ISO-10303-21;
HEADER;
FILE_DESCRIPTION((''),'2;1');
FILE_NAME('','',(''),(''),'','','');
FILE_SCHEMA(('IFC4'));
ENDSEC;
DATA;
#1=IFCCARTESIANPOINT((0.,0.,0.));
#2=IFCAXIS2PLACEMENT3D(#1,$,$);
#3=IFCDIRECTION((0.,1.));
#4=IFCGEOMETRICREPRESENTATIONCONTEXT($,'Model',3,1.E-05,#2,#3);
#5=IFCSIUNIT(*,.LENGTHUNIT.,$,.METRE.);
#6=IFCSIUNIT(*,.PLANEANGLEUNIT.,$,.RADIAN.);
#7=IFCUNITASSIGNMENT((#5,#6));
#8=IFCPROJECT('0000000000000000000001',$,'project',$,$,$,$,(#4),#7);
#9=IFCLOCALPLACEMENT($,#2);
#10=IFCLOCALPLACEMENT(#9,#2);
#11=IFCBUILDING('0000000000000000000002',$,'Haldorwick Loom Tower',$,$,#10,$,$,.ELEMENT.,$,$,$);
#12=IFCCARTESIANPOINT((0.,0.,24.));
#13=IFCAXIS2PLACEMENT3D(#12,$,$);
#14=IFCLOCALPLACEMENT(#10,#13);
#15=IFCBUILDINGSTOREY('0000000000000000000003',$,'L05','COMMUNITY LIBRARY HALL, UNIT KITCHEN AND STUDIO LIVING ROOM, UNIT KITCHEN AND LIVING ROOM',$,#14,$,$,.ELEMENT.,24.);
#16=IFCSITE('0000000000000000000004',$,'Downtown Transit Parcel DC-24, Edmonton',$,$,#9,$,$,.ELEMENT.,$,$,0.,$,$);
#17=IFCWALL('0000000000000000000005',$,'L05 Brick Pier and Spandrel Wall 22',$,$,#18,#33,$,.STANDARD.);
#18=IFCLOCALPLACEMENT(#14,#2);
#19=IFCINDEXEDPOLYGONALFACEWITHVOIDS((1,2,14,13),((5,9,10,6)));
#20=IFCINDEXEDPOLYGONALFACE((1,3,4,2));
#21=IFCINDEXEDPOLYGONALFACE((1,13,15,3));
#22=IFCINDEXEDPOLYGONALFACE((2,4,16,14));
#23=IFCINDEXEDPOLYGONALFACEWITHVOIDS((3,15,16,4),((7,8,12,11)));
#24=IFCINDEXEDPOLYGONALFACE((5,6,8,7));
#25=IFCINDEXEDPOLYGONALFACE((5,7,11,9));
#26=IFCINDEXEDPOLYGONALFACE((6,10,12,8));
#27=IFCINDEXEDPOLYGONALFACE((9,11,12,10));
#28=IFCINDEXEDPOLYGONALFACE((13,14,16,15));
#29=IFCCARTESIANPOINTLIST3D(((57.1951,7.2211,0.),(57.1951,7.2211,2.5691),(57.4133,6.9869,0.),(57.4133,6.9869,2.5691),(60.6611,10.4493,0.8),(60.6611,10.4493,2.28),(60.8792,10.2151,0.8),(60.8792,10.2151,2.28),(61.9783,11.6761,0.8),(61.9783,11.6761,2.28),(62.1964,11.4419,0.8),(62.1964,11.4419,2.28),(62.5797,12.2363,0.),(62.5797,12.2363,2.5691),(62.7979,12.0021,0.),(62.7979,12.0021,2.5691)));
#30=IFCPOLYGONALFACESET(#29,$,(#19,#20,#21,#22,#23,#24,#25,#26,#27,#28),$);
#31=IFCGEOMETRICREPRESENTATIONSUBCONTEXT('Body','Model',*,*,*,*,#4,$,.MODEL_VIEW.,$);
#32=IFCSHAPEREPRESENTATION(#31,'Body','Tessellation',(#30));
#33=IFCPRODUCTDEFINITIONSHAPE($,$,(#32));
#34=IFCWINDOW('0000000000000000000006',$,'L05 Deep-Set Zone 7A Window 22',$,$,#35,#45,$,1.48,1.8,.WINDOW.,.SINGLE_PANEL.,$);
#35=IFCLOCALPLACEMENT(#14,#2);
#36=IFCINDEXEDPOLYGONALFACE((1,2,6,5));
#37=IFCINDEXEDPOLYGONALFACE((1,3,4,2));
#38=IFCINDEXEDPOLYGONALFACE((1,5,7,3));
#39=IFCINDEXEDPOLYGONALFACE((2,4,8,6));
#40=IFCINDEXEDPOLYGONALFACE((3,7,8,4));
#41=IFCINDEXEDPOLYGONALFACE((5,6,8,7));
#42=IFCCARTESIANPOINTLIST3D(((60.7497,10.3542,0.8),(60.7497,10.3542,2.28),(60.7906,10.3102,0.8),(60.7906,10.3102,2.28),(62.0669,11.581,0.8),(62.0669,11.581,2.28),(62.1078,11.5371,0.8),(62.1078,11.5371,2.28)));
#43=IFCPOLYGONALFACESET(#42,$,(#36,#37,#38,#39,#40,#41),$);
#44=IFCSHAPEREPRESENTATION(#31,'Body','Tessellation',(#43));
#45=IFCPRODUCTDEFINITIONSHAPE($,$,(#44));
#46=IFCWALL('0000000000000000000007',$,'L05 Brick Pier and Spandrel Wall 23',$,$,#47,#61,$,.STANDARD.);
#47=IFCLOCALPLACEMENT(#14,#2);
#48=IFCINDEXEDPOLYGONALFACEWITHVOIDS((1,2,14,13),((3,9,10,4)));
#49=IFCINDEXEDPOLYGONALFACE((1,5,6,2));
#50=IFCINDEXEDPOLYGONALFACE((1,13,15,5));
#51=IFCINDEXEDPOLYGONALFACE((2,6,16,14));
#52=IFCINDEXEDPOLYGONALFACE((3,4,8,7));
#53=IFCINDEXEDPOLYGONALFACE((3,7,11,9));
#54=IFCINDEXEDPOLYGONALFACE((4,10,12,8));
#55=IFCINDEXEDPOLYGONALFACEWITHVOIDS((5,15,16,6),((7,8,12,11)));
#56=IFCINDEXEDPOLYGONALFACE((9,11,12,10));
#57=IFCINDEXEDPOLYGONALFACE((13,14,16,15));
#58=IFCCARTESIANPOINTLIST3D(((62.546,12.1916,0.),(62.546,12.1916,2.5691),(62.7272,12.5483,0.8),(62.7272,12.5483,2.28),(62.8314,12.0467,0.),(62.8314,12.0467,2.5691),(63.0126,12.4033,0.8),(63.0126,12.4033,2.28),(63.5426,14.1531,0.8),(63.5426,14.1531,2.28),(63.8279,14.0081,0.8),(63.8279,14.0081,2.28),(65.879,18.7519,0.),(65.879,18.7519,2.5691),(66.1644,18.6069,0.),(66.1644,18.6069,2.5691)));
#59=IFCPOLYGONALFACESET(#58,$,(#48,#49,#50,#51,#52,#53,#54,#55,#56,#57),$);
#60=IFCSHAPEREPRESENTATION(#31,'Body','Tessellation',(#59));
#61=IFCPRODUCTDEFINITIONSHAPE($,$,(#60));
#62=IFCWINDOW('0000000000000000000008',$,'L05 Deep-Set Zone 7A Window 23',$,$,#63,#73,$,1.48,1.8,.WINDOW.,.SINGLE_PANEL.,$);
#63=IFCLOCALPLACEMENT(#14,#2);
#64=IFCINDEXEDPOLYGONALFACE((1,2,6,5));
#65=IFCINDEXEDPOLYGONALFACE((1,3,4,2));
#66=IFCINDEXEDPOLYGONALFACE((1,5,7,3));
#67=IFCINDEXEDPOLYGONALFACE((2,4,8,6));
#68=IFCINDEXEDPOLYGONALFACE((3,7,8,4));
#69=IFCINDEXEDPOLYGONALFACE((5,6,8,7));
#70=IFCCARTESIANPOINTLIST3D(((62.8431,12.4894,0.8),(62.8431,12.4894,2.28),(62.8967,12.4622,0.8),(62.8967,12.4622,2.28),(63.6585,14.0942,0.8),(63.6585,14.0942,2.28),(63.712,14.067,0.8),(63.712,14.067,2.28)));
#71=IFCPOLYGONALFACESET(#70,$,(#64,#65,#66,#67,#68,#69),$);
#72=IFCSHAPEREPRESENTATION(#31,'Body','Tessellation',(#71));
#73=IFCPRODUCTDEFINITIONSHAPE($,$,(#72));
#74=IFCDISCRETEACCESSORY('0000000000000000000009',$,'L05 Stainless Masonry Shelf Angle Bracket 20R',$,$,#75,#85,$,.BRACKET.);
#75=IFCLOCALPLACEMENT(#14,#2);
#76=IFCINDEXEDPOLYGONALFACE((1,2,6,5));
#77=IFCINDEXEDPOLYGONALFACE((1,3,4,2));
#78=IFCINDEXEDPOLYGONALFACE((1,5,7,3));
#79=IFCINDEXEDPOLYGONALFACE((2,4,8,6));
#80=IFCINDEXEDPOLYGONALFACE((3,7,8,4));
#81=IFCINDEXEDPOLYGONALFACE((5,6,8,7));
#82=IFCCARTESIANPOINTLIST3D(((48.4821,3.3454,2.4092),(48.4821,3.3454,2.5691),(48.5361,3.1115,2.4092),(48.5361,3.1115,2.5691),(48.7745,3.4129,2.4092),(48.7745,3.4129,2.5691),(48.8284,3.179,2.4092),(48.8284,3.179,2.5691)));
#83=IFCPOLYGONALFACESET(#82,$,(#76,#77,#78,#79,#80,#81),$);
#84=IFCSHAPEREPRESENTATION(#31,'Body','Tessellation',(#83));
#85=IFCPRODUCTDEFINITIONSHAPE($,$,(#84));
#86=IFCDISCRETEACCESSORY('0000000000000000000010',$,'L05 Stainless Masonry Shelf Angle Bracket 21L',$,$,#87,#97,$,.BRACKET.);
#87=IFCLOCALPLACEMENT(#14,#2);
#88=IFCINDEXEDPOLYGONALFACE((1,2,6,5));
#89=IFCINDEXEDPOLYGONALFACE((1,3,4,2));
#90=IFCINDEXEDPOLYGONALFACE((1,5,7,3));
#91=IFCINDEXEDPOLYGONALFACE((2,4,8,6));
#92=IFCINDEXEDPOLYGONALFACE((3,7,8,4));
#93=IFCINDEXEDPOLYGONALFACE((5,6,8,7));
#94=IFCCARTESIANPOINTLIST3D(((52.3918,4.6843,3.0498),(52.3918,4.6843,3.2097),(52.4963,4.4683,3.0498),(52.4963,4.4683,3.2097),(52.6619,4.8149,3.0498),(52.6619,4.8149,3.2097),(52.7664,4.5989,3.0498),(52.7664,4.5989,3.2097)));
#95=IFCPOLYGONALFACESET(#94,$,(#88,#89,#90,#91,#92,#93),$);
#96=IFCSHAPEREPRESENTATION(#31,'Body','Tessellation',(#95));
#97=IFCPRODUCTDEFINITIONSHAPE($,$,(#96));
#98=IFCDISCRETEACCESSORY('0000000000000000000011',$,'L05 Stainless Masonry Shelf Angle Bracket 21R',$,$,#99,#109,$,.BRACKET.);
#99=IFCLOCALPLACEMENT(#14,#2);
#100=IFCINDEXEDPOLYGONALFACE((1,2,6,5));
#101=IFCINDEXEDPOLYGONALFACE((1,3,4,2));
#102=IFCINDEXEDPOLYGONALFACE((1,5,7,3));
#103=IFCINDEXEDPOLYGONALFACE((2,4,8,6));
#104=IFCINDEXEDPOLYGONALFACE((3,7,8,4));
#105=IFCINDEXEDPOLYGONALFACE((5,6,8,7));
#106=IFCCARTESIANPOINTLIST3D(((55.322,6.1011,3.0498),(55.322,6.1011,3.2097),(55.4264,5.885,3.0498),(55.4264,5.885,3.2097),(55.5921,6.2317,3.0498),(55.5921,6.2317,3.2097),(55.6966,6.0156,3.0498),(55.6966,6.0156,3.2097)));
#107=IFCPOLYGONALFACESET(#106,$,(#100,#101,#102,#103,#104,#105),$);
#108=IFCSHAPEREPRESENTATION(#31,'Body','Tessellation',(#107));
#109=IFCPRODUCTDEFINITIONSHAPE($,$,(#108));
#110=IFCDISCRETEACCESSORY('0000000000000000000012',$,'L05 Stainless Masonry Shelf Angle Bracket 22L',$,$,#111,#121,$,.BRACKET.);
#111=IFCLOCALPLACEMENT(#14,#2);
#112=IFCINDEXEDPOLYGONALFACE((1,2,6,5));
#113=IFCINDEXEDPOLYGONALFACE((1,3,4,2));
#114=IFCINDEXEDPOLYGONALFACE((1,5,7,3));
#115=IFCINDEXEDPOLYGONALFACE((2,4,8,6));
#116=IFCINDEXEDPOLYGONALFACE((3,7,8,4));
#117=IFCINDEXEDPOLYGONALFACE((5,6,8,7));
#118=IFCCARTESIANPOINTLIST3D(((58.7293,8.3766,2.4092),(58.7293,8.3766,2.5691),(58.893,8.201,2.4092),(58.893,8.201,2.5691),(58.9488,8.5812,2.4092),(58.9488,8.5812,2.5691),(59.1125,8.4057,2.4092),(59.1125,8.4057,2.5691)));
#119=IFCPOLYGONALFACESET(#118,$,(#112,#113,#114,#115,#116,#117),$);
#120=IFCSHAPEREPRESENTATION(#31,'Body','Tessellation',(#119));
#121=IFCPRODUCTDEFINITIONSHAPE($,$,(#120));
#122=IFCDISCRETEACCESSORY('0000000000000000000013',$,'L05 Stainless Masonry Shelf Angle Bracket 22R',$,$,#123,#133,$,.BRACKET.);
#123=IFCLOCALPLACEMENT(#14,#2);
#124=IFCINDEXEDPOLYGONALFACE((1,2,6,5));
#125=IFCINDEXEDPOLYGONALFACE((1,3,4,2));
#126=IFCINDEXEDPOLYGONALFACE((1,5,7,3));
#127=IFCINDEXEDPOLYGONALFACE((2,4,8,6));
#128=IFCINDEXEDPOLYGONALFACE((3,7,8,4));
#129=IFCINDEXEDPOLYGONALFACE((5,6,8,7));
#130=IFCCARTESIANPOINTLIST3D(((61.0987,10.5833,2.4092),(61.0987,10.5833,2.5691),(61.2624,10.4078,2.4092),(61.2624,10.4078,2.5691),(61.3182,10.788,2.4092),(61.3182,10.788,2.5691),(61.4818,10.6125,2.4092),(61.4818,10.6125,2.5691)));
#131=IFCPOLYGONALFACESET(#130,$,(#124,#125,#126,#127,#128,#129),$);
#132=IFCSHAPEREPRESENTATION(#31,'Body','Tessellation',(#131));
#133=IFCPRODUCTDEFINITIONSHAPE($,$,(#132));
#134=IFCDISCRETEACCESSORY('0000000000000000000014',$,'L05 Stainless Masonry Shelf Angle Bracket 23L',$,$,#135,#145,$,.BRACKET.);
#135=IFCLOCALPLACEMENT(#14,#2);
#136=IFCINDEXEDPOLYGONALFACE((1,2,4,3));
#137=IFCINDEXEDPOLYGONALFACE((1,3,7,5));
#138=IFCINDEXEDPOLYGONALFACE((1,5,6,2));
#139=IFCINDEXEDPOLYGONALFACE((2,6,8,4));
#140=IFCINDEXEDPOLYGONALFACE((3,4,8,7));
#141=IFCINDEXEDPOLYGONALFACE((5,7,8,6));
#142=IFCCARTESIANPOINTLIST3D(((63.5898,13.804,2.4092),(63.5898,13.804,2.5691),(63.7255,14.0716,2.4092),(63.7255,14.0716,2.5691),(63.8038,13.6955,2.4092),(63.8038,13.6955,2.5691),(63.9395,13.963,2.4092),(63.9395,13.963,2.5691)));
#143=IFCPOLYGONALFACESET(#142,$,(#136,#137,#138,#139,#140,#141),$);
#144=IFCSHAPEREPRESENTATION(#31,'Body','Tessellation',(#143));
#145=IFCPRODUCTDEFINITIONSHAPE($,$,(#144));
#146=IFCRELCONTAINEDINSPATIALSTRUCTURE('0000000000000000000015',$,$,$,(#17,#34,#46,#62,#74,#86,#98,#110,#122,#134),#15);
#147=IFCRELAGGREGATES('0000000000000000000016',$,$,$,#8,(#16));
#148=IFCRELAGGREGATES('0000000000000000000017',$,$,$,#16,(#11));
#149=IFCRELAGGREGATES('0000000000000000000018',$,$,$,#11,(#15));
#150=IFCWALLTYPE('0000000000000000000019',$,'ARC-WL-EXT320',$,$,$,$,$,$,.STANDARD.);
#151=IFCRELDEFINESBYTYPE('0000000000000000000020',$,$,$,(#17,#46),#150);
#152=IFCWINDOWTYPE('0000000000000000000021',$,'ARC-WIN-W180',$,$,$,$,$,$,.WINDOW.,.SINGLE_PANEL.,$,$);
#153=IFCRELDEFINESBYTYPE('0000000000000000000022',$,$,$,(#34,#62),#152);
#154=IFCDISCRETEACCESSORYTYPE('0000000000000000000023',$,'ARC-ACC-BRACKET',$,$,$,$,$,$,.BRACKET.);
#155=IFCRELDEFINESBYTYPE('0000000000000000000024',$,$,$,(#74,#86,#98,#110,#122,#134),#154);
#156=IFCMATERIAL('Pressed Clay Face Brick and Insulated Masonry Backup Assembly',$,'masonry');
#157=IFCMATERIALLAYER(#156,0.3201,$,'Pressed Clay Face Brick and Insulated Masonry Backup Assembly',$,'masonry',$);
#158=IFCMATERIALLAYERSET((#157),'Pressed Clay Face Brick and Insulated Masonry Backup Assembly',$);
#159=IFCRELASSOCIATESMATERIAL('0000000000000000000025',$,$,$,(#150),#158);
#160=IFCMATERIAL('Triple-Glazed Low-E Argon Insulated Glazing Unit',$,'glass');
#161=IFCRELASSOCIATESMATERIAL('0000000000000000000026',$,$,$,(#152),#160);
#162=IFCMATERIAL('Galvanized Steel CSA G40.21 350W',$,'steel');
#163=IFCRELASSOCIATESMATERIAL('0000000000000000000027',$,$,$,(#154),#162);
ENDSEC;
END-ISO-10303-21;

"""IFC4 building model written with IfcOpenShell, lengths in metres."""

from ifc_helpers import new_model, si_unit, direction, frame, frame_2d, origin, origin_2d, place, context, subcontext, project, spatial, rectangle, extrude, material, layer, layer_set, type_object, element, fill, save


model = new_model("IFC4")

# Units and contexts
model_context = context("Model", 3, precision=1e-05, world=origin(), true_north=direction((0.0, 1.0)))
body_context = subcontext(model_context, "Body", "Model", "MODEL_VIEW")
ifc_project = project(units=[si_unit("LENGTHUNIT", "METRE"), si_unit("PLANEANGLEUNIT", "RADIAN")], contexts=[model_context])

# Site, building, storey
site_placement = place(None, origin())
site = spatial("IfcSite", under=ifc_project, at=site_placement, Name="Downtown Transit Parcel DC-24, Edmonton", CompositionType="ELEMENT", RefElevation=0.0)
building_placement = place(site_placement, origin())
building = spatial("IfcBuilding", under=site, at=building_placement, Name="Haldorwick Loom Tower", CompositionType="ELEMENT")
storey_placement = place(building_placement, frame((0.0, 0.0, 24.0)))
storey = spatial("IfcBuildingStorey", under=building, at=storey_placement, Name="L05", Description="COMMUNITY LIBRARY HALL, UNIT KITCHEN AND STUDIO LIVING ROOM, UNIT KITCHEN AND LIVING ROOM", CompositionType="ELEMENT", Elevation=24.0)

# Shared definitions
ifc_material_1 = material(Name="Pressed Clay Face Brick and Insulated Masonry Backup Assembly", Category="masonry")
ifc_layer = layer(ifc_material_1, 0.3201, Name="Pressed Clay Face Brick and Insulated Masonry Backup Assembly", Category="masonry")
ifc_layer_set = layer_set([ifc_layer], Name="Pressed Clay Face Brick and Insulated Masonry Backup Assembly")
wall_type = type_object("IfcWallType", Name="ARC-WL-EXT320", PredefinedType="STANDARD", material=ifc_layer_set)
ifc_material_2 = material(Name="Triple-Glazed Low-E Argon Insulated Glazing Unit", Category="glass")
window_type = type_object("IfcWindowType", Name="ARC-WIN-W180", PartitioningType="SINGLE_PANEL", PredefinedType="WINDOW", material=ifc_material_2)

# Walls, openings, windows
wall_1_placement = place(storey_placement, frame((57.3042, 7.104, 0.0), z_axis=(0.0, 0.0, 1.0), x_axis=(0.731761, 0.681561, 0.0)))
wall_1 = element("IfcWall", 1, at=wall_1_placement, inside=storey, type_object=wall_type, Name="L05 Brick Pier and Spandrel Wall 22", PredefinedType="STANDARD", context=body_context, shape_type="SweptSolid", body=[
    extrude(rectangle(XDim=7.3584, YDim=0.3201, at=frame_2d((3.6792, 0.0))), origin(), (0.0, 0.0, 1.0), 2.5691),
])
opening_1_placement = place(wall_1_placement, frame((4.7366, 0.0, 0.8)))
opening_1 = element("IfcOpeningElement", 2, at=opening_1_placement, cuts=wall_1, PredefinedType="OPENING", context=body_context, shape_type="SweptSolid", body=[
    extrude(rectangle(XDim=1.8, YDim=1.48, at=frame_2d((0.8999, 0.74))), frame((0.0, 0.1699, 0.0), z_axis=(0.0, -1.0, 0.0), x_axis=(1.0, 0.0, 0.0)), (0.0, 0.0, 1.0), 0.3401),
])
window_1_placement = place(opening_1_placement, origin())
window_1 = element("IfcWindow", 3, at=window_1_placement, inside=storey, type_object=window_type, Name="L05 Deep-Set Zone 7A Window 22", OverallHeight=1.48, OverallWidth=1.8, PartitioningType="SINGLE_PANEL", PredefinedType="WINDOW", context=body_context, shape_type="SweptSolid", body=[
    extrude(rectangle(XDim=1.8, YDim=1.48, at=frame_2d((0.8999, 0.74))), frame((0.0, 0.03, 0.0), z_axis=(0.0, -1.0, 0.0), x_axis=(1.0, 0.0, 0.0)), (0.0, 0.0, 1.0), 0.0601),
])
fill(opening_1, window_1)
wall_2_placement = place(storey_placement, frame((62.6887, 12.1191, 0.0), z_axis=(0.0, 0.0, 1.0), x_axis=(0.452951, 0.891535, 0.0)))
wall_2 = element("IfcWall", 4, at=wall_2_placement, inside=storey, type_object=wall_type, Name="L05 Brick Pier and Spandrel Wall 23", PredefinedType="STANDARD", context=body_context, shape_type="SweptSolid", body=[
    extrude(rectangle(XDim=7.3584, YDim=0.3201, at=frame_2d((3.6792, 0.0))), origin(), (0.0, 0.0, 1.0), 2.5691),
])
opening_2_placement = place(wall_2_placement, frame((0.4001, 0.0, 0.8)))
opening_2 = element("IfcOpeningElement", 5, at=opening_2_placement, cuts=wall_2, PredefinedType="OPENING", context=body_context, shape_type="SweptSolid", body=[
    extrude(rectangle(XDim=1.8, YDim=1.48, at=frame_2d((0.8999, 0.74))), frame((0.0, 0.1699, 0.0), z_axis=(0.0, -1.0, 0.0), x_axis=(1.0, 0.0, 0.0)), (0.0, 0.0, 1.0), 0.3401),
])
window_2_placement = place(opening_2_placement, origin())
window_2 = element("IfcWindow", 6, at=window_2_placement, inside=storey, type_object=window_type, Name="L05 Deep-Set Zone 7A Window 23", OverallHeight=1.48, OverallWidth=1.8, PartitioningType="SINGLE_PANEL", PredefinedType="WINDOW", context=body_context, shape_type="SweptSolid", body=[
    extrude(rectangle(XDim=1.8, YDim=1.48, at=frame_2d((0.8999, 0.74))), frame((0.0, 0.03, 0.0), z_axis=(0.0, -1.0, 0.0), x_axis=(1.0, 0.0, 0.0)), (0.0, 0.0, 1.0), 0.0601),
])
fill(opening_2, window_2)

# Discrete accessories
ifc_material_3 = material(Name="Galvanized Steel CSA G40.21 350W", Category="steel")
discrete_accessory_type = type_object("IfcDiscreteAccessoryType", Name="ARC-ACC-BRACKET", PredefinedType="BRACKET", material=ifc_material_3)
for number, where, z_axis, x_axis, name in (
    (7, (48.6553, 3.2622, 2.4092), (0.0, 0.0, 1.0), (0.97437, 0.224951, 0.0), "L05 Stainless Masonry Shelf Angle Bracket 20R"),
    (8, (52.5791, 4.6416, 3.0498), (0.0, 0.0, 1.0), (0.900319, 0.435231, 0.0), "L05 Stainless Masonry Shelf Angle Bracket 21L"),
    (9, (55.5093, 6.0583, 3.0498), (0.0, 0.0, 1.0), (0.900319, 0.435231, 0.0), "L05 Stainless Masonry Shelf Angle Bracket 21R"),
    (10, (58.9209, 8.3911, 2.4092), (0.0, 0.0, 1.0), (0.731354, 0.681998, 0.0), "L05 Stainless Masonry Shelf Angle Bracket 22L"),
    (11, (61.2903, 10.5979, 2.4092), (0.0, 0.0, 1.0), (0.731354, 0.681998, 0.0), "L05 Stainless Masonry Shelf Angle Bracket 22R"),
    (12, (63.7646, 13.8835, 2.4092), (0.0, 0.0, 1.0), (0.452435, 0.891798, 0.0), "L05 Stainless Masonry Shelf Angle Bracket 23L"),
):
    element("IfcDiscreteAccessory", number, at=place(storey_placement, frame(where, z_axis=z_axis, x_axis=x_axis)), inside=storey, type_object=discrete_accessory_type, Name=name, PredefinedType="BRACKET", context=body_context, shape_type="SweptSolid", body=[
        extrude(rectangle(XDim=0.3, YDim=0.24, at=origin_2d()), origin(), (0.0, 0.0, 1.0), 0.1599),
    ])

save(model, "model.ifc")
